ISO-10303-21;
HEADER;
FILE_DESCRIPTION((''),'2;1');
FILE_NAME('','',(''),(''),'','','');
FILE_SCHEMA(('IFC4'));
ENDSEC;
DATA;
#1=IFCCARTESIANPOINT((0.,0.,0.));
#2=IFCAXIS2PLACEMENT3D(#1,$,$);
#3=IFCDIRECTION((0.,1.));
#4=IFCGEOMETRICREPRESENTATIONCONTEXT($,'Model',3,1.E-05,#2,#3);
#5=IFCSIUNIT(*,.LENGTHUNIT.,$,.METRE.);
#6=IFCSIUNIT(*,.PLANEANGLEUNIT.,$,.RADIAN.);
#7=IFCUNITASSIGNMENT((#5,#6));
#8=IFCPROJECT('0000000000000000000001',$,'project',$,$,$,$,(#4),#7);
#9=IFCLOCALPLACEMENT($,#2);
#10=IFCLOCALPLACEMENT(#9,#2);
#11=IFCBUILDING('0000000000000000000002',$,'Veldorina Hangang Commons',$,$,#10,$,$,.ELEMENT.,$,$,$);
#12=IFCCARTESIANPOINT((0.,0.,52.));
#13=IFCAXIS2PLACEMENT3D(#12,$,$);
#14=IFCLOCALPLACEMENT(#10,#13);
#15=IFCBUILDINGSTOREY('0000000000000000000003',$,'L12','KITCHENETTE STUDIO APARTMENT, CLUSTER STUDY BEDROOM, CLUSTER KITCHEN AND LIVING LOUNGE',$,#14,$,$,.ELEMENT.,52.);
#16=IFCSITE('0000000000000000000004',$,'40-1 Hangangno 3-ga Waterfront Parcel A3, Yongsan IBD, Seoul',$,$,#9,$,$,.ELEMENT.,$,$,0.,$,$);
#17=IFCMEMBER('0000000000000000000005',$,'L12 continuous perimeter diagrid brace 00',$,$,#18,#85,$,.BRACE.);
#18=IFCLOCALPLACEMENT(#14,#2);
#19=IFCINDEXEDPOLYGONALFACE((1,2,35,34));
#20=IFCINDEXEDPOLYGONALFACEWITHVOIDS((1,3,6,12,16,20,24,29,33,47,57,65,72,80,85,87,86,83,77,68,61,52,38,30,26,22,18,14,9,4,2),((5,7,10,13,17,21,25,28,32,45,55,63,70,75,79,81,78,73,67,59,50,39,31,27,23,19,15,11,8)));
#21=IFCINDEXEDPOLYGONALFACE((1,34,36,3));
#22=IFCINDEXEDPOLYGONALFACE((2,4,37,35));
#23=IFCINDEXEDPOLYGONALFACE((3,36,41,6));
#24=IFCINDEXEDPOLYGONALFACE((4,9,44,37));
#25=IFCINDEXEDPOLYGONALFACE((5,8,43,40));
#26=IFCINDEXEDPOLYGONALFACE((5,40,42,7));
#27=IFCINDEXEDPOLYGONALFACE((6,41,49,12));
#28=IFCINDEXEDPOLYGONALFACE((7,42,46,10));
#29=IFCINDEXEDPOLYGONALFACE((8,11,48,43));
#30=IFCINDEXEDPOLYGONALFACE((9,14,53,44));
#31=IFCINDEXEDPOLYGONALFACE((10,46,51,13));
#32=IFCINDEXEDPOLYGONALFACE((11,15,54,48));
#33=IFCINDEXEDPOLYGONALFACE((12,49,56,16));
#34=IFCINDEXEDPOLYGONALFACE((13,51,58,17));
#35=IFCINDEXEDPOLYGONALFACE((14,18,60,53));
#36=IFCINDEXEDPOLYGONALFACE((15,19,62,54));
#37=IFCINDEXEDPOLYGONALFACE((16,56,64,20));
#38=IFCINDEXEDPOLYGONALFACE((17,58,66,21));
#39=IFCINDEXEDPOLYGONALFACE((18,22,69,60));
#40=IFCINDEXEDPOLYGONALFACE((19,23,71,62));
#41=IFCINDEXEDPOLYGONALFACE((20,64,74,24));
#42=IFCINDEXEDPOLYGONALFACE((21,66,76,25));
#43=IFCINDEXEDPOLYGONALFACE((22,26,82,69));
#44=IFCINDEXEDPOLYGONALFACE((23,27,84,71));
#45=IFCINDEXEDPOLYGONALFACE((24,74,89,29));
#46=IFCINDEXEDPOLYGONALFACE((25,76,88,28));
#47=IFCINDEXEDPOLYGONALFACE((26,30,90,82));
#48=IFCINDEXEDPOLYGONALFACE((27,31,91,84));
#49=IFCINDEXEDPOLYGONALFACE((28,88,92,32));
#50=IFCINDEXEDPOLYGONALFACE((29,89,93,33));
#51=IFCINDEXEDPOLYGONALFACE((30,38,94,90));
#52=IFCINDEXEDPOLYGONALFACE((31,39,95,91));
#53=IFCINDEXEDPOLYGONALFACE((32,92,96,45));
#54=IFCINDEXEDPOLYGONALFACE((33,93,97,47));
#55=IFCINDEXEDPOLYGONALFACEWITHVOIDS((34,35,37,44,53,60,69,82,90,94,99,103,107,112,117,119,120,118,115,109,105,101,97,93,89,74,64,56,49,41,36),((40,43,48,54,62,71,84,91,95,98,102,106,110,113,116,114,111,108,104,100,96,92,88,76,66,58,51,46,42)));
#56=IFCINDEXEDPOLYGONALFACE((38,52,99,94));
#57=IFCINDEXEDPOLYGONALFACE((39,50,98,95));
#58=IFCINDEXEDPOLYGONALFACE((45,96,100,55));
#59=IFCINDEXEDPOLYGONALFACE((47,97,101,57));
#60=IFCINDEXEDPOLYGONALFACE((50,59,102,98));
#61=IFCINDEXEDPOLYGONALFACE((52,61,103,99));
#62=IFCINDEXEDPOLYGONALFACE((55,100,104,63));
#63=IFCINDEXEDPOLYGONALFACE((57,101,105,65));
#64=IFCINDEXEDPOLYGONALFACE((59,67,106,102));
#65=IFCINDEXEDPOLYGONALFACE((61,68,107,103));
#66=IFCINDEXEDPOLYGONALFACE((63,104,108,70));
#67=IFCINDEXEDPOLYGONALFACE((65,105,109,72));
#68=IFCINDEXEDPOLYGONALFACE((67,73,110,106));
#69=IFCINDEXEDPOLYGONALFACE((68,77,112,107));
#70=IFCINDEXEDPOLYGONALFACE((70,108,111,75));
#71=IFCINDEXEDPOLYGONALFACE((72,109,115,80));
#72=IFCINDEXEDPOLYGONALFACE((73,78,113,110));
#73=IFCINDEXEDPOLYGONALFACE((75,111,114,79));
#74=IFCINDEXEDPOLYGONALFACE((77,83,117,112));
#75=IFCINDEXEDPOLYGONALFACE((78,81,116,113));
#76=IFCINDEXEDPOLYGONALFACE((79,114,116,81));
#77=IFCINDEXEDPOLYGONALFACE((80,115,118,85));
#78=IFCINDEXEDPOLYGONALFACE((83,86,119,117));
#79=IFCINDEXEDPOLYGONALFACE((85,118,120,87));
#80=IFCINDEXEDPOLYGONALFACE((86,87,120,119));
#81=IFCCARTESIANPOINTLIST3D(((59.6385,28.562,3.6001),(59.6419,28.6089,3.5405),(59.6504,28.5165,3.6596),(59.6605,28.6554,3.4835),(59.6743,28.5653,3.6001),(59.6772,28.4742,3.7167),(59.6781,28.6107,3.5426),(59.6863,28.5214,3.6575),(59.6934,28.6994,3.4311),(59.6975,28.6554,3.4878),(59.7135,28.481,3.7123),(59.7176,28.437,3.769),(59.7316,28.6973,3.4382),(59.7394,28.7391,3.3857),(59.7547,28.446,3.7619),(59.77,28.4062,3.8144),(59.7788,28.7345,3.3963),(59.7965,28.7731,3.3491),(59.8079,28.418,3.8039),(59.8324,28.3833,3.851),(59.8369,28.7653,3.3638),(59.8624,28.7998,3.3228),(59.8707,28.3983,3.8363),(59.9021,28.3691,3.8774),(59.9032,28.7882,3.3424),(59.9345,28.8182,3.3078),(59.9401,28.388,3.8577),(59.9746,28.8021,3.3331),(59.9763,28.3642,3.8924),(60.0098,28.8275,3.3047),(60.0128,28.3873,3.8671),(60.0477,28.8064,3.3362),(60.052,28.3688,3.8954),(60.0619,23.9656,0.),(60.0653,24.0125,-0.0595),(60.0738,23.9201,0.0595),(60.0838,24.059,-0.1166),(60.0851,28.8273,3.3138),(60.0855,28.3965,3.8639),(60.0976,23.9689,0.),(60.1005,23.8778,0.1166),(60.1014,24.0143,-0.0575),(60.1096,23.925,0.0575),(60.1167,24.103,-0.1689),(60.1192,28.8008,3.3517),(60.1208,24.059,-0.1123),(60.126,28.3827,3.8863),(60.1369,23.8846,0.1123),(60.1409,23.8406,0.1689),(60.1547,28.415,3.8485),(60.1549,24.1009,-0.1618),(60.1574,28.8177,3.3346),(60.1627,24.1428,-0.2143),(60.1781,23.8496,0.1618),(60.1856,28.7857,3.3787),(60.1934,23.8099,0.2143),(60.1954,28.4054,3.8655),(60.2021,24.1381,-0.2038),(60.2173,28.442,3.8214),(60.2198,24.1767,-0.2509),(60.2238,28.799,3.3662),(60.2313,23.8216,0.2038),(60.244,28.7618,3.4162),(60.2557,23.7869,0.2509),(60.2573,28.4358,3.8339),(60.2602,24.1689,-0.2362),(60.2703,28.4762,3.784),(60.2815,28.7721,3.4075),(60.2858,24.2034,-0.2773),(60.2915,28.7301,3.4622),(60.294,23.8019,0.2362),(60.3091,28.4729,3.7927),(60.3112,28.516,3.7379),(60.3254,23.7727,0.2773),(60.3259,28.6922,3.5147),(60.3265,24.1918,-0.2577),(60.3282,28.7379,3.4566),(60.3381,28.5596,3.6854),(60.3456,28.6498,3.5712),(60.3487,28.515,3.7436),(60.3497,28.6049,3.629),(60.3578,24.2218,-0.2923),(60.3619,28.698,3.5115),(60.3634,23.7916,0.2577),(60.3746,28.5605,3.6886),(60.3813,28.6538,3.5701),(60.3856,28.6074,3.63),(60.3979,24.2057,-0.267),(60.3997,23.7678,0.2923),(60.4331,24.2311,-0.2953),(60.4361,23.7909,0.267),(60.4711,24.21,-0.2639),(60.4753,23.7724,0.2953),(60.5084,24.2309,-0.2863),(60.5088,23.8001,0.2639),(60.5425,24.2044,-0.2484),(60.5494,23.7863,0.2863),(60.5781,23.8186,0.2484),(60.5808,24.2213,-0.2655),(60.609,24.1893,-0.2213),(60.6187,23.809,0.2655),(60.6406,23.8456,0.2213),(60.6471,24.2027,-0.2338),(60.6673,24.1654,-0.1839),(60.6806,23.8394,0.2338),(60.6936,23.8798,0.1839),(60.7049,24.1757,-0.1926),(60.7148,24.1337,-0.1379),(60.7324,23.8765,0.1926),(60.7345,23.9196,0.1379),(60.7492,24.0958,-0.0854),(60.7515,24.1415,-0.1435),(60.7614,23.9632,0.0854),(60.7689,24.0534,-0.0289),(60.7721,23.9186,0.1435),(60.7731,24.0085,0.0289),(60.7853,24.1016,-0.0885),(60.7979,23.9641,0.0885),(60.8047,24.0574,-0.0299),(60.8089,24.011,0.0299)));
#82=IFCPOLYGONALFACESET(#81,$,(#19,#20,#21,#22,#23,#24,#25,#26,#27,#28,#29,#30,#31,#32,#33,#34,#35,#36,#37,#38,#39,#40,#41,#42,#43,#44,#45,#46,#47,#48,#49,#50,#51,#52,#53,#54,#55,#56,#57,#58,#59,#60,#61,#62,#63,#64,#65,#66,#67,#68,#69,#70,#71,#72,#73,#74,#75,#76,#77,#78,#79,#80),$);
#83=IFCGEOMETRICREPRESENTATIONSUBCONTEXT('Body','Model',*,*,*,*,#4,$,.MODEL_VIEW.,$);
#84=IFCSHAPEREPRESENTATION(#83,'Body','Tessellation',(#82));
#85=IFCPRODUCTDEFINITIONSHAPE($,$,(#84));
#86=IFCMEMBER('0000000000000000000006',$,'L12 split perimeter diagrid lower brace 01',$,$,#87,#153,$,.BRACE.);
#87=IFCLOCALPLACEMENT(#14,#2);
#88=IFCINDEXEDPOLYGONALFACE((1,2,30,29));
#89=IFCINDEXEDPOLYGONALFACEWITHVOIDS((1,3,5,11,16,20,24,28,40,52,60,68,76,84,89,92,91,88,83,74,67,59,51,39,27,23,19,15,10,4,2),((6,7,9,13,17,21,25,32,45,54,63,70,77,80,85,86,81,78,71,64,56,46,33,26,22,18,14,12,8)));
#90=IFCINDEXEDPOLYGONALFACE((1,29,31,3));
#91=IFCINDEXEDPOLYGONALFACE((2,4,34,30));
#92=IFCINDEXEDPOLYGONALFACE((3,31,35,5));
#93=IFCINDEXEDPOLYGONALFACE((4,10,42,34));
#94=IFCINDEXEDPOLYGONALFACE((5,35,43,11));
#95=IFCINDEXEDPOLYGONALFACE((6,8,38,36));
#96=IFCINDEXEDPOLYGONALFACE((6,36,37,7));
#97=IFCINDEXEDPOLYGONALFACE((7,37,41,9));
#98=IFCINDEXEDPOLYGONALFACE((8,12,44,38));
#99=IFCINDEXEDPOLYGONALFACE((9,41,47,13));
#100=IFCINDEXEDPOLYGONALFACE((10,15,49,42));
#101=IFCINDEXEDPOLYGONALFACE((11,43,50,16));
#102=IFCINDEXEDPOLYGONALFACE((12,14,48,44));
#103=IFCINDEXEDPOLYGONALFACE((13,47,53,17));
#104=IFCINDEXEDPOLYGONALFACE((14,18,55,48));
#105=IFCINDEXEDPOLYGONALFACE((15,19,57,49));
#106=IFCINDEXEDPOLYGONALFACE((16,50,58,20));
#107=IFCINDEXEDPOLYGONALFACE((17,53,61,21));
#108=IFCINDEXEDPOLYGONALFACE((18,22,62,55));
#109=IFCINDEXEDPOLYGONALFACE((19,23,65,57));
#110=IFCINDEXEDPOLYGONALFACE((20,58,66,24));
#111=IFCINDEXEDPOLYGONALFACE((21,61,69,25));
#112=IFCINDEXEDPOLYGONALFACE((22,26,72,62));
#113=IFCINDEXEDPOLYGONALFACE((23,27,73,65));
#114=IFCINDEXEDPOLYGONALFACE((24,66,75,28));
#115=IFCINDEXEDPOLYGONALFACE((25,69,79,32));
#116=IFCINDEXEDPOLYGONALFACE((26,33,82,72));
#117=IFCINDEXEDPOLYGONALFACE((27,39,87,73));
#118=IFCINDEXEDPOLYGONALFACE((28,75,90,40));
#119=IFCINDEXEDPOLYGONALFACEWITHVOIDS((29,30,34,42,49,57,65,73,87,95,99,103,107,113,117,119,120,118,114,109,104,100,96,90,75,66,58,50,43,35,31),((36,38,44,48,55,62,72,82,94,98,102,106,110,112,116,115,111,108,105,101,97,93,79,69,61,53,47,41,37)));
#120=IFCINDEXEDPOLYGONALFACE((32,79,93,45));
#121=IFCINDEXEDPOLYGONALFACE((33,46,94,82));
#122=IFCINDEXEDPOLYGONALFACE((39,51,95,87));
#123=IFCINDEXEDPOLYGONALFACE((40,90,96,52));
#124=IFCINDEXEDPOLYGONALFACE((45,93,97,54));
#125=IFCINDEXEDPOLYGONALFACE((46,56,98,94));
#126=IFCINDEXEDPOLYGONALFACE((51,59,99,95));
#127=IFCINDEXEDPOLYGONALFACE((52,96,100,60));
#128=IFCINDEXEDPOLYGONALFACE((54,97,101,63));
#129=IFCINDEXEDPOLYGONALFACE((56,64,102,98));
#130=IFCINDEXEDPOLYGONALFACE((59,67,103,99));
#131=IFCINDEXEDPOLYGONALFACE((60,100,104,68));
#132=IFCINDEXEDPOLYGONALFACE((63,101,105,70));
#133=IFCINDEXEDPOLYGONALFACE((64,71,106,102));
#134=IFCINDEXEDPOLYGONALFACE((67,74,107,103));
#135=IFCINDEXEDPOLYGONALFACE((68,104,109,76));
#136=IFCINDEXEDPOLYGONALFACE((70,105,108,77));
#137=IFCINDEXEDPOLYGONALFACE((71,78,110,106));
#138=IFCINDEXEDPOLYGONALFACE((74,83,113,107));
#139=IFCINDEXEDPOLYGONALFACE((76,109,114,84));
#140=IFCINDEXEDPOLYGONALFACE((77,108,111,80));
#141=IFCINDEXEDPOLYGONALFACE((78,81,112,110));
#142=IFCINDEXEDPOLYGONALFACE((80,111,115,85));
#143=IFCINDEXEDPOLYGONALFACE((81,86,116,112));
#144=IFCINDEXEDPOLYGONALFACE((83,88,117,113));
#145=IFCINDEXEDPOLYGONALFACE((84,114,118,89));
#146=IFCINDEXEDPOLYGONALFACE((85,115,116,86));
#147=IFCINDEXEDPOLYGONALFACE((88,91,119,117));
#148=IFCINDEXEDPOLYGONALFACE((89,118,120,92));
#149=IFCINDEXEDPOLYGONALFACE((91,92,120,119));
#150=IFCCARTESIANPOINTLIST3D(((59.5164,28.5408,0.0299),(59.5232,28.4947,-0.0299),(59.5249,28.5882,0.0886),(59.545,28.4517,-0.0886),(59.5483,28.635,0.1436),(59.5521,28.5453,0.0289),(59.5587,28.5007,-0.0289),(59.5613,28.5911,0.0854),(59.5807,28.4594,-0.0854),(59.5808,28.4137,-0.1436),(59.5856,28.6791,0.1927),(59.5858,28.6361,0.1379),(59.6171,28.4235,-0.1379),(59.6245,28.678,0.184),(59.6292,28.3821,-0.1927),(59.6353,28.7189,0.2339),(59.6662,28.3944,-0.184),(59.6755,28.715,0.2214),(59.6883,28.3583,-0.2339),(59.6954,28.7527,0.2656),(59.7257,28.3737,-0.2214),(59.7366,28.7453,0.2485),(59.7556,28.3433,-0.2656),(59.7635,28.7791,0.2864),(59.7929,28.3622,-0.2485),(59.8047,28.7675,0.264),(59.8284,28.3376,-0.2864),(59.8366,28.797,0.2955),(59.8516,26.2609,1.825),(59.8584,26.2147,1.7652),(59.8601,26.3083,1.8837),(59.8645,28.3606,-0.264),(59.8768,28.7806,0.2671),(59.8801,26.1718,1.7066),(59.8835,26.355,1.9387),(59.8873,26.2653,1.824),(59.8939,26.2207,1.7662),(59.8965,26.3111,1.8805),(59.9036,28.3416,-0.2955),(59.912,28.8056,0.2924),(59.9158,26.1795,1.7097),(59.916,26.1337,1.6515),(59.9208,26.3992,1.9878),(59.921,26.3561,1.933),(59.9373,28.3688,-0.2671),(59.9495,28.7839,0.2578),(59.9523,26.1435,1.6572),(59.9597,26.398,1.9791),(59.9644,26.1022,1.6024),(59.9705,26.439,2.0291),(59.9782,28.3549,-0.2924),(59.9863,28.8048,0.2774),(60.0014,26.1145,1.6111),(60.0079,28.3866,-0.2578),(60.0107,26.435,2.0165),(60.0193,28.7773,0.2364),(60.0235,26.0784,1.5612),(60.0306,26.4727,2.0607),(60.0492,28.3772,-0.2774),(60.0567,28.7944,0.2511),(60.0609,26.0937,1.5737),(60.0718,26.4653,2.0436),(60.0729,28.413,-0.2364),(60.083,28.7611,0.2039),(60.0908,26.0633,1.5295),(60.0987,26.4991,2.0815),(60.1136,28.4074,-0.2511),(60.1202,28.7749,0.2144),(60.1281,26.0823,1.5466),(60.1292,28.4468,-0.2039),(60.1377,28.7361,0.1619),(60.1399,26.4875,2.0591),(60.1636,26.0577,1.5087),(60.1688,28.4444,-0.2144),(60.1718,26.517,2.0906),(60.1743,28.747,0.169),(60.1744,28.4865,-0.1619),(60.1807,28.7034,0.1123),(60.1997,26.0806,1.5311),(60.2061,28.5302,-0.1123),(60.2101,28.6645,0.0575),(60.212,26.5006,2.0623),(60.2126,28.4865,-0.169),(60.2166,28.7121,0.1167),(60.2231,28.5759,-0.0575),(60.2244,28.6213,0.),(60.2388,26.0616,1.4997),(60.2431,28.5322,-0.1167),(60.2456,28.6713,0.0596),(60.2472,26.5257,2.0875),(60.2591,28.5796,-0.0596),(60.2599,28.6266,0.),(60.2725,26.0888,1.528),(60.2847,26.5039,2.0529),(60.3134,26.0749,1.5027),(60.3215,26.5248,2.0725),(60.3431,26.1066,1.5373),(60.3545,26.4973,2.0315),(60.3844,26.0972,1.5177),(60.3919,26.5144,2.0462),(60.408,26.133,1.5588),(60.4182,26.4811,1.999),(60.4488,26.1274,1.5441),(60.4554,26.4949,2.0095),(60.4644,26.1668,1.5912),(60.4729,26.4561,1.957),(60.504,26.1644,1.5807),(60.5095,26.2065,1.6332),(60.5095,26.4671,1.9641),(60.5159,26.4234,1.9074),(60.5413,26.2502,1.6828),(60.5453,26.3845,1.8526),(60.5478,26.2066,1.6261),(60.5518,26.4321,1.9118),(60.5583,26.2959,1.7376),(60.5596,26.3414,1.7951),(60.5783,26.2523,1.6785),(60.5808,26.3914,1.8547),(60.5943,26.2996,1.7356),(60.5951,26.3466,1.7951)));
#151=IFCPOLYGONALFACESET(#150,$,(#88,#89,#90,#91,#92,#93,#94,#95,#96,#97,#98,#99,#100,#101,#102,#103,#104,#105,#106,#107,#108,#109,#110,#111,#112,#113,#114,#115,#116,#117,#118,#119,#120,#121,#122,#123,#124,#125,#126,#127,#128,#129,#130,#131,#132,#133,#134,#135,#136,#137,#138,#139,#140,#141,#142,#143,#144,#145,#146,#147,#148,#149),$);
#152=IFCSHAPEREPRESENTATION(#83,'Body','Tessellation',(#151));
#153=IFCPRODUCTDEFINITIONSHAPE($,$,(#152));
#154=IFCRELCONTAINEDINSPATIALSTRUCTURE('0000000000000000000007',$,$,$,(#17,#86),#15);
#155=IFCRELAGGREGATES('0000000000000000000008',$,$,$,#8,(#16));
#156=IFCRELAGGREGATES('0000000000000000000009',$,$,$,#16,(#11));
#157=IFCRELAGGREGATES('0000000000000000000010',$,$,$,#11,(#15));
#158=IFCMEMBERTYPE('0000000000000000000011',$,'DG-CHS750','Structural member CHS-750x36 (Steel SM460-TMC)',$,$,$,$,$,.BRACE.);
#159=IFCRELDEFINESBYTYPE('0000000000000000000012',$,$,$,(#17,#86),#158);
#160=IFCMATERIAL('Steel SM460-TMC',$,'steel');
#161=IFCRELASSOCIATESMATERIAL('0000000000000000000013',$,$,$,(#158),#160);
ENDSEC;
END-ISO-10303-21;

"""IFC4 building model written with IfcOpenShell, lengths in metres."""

from ifc_helpers import new_model, si_unit, direction, frame, origin, origin_2d, place, context, subcontext, project, spatial, hollow_circle, extrude, material, material_profile, profile_set, type_object, element, save


model = new_model("IFC4")

# Units and contexts
model_context = context("Model", 3, precision=1e-05, world=origin(), true_north=direction((0.0, 1.0)))
body_context = subcontext(model_context, "Body", "Model", "MODEL_VIEW")
ifc_project = project(units=[si_unit("LENGTHUNIT", "METRE"), si_unit("PLANEANGLEUNIT", "RADIAN")], contexts=[model_context])

# Site, building, storey
site_placement = place(None, origin())
site = spatial("IfcSite", under=ifc_project, at=site_placement, Name="40-1 Hangangno 3-ga Waterfront Parcel A3, Yongsan IBD, Seoul", CompositionType="ELEMENT", RefElevation=0.0)
building_placement = place(site_placement, origin())
building = spatial("IfcBuilding", under=site, at=building_placement, Name="Veldorina Hangang Commons", CompositionType="ELEMENT")
storey_placement = place(building_placement, frame((0.0, 0.0, 52.0)))
storey = spatial("IfcBuildingStorey", under=building, at=storey_placement, Name="L12", Description="KITCHENETTE STUDIO APARTMENT, CLUSTER STUDY BEDROOM, CLUSTER KITCHEN AND LIVING LOUNGE", CompositionType="ELEMENT", Elevation=52.0)

# Shared definitions
ifc_material_1 = material(Name="Steel SM460-TMC", Category="steel")

# Members
ifc_material_profile_1 = material_profile(ifc_material_1, hollow_circle(Radius=0.375, WallThickness=0.0359, at=origin_2d()), Name="CHS-750x36")
ifc_profile_set_1 = profile_set([ifc_material_profile_1], Name="Steel SM460-TMC")
member_type = type_object("IfcMemberType", Name="DG-CHS750", Description="Structural member CHS-750x36 (Steel SM460-TMC)", PredefinedType="BRACE", material=ifc_profile_set_1)
member_1_placement = place(storey_placement, frame((60.4353, 24.0, 0.0), z_axis=(-0.072319, 0.785204, 0.615), x_axis=(-0.995785, -0.091714, 0.0)))
element("IfcMember", 1, at=member_1_placement, inside=storey, type_object=member_type, Name="L12 continuous perimeter diagrid brace 00", PredefinedType="BRACE", context=body_context, shape_type="SweptSolid", body=[
    extrude(hollow_circle(Radius=0.375, WallThickness=0.0359, at=origin_2d()), origin(), (0.0, 0.0, 1.0), 5.8538),
])
member_2_placement = place(storey_placement, frame((59.8889, 28.572, 0.0), z_axis=(0.114748, -0.780506, 0.614526), x_axis=(0.989365, 0.145454, 0.0)))
element("IfcMember", 2, at=member_2_placement, inside=storey, type_object=member_type, Name="L12 split perimeter diagrid lower brace 01", PredefinedType="BRACE", context=body_context, shape_type="SweptSolid", body=[
    extrude(hollow_circle(Radius=0.375, WallThickness=0.0359, at=origin_2d()), origin(), (0.0, 0.0, 1.0), 2.9211),
])

save(model, "model.ifc")
